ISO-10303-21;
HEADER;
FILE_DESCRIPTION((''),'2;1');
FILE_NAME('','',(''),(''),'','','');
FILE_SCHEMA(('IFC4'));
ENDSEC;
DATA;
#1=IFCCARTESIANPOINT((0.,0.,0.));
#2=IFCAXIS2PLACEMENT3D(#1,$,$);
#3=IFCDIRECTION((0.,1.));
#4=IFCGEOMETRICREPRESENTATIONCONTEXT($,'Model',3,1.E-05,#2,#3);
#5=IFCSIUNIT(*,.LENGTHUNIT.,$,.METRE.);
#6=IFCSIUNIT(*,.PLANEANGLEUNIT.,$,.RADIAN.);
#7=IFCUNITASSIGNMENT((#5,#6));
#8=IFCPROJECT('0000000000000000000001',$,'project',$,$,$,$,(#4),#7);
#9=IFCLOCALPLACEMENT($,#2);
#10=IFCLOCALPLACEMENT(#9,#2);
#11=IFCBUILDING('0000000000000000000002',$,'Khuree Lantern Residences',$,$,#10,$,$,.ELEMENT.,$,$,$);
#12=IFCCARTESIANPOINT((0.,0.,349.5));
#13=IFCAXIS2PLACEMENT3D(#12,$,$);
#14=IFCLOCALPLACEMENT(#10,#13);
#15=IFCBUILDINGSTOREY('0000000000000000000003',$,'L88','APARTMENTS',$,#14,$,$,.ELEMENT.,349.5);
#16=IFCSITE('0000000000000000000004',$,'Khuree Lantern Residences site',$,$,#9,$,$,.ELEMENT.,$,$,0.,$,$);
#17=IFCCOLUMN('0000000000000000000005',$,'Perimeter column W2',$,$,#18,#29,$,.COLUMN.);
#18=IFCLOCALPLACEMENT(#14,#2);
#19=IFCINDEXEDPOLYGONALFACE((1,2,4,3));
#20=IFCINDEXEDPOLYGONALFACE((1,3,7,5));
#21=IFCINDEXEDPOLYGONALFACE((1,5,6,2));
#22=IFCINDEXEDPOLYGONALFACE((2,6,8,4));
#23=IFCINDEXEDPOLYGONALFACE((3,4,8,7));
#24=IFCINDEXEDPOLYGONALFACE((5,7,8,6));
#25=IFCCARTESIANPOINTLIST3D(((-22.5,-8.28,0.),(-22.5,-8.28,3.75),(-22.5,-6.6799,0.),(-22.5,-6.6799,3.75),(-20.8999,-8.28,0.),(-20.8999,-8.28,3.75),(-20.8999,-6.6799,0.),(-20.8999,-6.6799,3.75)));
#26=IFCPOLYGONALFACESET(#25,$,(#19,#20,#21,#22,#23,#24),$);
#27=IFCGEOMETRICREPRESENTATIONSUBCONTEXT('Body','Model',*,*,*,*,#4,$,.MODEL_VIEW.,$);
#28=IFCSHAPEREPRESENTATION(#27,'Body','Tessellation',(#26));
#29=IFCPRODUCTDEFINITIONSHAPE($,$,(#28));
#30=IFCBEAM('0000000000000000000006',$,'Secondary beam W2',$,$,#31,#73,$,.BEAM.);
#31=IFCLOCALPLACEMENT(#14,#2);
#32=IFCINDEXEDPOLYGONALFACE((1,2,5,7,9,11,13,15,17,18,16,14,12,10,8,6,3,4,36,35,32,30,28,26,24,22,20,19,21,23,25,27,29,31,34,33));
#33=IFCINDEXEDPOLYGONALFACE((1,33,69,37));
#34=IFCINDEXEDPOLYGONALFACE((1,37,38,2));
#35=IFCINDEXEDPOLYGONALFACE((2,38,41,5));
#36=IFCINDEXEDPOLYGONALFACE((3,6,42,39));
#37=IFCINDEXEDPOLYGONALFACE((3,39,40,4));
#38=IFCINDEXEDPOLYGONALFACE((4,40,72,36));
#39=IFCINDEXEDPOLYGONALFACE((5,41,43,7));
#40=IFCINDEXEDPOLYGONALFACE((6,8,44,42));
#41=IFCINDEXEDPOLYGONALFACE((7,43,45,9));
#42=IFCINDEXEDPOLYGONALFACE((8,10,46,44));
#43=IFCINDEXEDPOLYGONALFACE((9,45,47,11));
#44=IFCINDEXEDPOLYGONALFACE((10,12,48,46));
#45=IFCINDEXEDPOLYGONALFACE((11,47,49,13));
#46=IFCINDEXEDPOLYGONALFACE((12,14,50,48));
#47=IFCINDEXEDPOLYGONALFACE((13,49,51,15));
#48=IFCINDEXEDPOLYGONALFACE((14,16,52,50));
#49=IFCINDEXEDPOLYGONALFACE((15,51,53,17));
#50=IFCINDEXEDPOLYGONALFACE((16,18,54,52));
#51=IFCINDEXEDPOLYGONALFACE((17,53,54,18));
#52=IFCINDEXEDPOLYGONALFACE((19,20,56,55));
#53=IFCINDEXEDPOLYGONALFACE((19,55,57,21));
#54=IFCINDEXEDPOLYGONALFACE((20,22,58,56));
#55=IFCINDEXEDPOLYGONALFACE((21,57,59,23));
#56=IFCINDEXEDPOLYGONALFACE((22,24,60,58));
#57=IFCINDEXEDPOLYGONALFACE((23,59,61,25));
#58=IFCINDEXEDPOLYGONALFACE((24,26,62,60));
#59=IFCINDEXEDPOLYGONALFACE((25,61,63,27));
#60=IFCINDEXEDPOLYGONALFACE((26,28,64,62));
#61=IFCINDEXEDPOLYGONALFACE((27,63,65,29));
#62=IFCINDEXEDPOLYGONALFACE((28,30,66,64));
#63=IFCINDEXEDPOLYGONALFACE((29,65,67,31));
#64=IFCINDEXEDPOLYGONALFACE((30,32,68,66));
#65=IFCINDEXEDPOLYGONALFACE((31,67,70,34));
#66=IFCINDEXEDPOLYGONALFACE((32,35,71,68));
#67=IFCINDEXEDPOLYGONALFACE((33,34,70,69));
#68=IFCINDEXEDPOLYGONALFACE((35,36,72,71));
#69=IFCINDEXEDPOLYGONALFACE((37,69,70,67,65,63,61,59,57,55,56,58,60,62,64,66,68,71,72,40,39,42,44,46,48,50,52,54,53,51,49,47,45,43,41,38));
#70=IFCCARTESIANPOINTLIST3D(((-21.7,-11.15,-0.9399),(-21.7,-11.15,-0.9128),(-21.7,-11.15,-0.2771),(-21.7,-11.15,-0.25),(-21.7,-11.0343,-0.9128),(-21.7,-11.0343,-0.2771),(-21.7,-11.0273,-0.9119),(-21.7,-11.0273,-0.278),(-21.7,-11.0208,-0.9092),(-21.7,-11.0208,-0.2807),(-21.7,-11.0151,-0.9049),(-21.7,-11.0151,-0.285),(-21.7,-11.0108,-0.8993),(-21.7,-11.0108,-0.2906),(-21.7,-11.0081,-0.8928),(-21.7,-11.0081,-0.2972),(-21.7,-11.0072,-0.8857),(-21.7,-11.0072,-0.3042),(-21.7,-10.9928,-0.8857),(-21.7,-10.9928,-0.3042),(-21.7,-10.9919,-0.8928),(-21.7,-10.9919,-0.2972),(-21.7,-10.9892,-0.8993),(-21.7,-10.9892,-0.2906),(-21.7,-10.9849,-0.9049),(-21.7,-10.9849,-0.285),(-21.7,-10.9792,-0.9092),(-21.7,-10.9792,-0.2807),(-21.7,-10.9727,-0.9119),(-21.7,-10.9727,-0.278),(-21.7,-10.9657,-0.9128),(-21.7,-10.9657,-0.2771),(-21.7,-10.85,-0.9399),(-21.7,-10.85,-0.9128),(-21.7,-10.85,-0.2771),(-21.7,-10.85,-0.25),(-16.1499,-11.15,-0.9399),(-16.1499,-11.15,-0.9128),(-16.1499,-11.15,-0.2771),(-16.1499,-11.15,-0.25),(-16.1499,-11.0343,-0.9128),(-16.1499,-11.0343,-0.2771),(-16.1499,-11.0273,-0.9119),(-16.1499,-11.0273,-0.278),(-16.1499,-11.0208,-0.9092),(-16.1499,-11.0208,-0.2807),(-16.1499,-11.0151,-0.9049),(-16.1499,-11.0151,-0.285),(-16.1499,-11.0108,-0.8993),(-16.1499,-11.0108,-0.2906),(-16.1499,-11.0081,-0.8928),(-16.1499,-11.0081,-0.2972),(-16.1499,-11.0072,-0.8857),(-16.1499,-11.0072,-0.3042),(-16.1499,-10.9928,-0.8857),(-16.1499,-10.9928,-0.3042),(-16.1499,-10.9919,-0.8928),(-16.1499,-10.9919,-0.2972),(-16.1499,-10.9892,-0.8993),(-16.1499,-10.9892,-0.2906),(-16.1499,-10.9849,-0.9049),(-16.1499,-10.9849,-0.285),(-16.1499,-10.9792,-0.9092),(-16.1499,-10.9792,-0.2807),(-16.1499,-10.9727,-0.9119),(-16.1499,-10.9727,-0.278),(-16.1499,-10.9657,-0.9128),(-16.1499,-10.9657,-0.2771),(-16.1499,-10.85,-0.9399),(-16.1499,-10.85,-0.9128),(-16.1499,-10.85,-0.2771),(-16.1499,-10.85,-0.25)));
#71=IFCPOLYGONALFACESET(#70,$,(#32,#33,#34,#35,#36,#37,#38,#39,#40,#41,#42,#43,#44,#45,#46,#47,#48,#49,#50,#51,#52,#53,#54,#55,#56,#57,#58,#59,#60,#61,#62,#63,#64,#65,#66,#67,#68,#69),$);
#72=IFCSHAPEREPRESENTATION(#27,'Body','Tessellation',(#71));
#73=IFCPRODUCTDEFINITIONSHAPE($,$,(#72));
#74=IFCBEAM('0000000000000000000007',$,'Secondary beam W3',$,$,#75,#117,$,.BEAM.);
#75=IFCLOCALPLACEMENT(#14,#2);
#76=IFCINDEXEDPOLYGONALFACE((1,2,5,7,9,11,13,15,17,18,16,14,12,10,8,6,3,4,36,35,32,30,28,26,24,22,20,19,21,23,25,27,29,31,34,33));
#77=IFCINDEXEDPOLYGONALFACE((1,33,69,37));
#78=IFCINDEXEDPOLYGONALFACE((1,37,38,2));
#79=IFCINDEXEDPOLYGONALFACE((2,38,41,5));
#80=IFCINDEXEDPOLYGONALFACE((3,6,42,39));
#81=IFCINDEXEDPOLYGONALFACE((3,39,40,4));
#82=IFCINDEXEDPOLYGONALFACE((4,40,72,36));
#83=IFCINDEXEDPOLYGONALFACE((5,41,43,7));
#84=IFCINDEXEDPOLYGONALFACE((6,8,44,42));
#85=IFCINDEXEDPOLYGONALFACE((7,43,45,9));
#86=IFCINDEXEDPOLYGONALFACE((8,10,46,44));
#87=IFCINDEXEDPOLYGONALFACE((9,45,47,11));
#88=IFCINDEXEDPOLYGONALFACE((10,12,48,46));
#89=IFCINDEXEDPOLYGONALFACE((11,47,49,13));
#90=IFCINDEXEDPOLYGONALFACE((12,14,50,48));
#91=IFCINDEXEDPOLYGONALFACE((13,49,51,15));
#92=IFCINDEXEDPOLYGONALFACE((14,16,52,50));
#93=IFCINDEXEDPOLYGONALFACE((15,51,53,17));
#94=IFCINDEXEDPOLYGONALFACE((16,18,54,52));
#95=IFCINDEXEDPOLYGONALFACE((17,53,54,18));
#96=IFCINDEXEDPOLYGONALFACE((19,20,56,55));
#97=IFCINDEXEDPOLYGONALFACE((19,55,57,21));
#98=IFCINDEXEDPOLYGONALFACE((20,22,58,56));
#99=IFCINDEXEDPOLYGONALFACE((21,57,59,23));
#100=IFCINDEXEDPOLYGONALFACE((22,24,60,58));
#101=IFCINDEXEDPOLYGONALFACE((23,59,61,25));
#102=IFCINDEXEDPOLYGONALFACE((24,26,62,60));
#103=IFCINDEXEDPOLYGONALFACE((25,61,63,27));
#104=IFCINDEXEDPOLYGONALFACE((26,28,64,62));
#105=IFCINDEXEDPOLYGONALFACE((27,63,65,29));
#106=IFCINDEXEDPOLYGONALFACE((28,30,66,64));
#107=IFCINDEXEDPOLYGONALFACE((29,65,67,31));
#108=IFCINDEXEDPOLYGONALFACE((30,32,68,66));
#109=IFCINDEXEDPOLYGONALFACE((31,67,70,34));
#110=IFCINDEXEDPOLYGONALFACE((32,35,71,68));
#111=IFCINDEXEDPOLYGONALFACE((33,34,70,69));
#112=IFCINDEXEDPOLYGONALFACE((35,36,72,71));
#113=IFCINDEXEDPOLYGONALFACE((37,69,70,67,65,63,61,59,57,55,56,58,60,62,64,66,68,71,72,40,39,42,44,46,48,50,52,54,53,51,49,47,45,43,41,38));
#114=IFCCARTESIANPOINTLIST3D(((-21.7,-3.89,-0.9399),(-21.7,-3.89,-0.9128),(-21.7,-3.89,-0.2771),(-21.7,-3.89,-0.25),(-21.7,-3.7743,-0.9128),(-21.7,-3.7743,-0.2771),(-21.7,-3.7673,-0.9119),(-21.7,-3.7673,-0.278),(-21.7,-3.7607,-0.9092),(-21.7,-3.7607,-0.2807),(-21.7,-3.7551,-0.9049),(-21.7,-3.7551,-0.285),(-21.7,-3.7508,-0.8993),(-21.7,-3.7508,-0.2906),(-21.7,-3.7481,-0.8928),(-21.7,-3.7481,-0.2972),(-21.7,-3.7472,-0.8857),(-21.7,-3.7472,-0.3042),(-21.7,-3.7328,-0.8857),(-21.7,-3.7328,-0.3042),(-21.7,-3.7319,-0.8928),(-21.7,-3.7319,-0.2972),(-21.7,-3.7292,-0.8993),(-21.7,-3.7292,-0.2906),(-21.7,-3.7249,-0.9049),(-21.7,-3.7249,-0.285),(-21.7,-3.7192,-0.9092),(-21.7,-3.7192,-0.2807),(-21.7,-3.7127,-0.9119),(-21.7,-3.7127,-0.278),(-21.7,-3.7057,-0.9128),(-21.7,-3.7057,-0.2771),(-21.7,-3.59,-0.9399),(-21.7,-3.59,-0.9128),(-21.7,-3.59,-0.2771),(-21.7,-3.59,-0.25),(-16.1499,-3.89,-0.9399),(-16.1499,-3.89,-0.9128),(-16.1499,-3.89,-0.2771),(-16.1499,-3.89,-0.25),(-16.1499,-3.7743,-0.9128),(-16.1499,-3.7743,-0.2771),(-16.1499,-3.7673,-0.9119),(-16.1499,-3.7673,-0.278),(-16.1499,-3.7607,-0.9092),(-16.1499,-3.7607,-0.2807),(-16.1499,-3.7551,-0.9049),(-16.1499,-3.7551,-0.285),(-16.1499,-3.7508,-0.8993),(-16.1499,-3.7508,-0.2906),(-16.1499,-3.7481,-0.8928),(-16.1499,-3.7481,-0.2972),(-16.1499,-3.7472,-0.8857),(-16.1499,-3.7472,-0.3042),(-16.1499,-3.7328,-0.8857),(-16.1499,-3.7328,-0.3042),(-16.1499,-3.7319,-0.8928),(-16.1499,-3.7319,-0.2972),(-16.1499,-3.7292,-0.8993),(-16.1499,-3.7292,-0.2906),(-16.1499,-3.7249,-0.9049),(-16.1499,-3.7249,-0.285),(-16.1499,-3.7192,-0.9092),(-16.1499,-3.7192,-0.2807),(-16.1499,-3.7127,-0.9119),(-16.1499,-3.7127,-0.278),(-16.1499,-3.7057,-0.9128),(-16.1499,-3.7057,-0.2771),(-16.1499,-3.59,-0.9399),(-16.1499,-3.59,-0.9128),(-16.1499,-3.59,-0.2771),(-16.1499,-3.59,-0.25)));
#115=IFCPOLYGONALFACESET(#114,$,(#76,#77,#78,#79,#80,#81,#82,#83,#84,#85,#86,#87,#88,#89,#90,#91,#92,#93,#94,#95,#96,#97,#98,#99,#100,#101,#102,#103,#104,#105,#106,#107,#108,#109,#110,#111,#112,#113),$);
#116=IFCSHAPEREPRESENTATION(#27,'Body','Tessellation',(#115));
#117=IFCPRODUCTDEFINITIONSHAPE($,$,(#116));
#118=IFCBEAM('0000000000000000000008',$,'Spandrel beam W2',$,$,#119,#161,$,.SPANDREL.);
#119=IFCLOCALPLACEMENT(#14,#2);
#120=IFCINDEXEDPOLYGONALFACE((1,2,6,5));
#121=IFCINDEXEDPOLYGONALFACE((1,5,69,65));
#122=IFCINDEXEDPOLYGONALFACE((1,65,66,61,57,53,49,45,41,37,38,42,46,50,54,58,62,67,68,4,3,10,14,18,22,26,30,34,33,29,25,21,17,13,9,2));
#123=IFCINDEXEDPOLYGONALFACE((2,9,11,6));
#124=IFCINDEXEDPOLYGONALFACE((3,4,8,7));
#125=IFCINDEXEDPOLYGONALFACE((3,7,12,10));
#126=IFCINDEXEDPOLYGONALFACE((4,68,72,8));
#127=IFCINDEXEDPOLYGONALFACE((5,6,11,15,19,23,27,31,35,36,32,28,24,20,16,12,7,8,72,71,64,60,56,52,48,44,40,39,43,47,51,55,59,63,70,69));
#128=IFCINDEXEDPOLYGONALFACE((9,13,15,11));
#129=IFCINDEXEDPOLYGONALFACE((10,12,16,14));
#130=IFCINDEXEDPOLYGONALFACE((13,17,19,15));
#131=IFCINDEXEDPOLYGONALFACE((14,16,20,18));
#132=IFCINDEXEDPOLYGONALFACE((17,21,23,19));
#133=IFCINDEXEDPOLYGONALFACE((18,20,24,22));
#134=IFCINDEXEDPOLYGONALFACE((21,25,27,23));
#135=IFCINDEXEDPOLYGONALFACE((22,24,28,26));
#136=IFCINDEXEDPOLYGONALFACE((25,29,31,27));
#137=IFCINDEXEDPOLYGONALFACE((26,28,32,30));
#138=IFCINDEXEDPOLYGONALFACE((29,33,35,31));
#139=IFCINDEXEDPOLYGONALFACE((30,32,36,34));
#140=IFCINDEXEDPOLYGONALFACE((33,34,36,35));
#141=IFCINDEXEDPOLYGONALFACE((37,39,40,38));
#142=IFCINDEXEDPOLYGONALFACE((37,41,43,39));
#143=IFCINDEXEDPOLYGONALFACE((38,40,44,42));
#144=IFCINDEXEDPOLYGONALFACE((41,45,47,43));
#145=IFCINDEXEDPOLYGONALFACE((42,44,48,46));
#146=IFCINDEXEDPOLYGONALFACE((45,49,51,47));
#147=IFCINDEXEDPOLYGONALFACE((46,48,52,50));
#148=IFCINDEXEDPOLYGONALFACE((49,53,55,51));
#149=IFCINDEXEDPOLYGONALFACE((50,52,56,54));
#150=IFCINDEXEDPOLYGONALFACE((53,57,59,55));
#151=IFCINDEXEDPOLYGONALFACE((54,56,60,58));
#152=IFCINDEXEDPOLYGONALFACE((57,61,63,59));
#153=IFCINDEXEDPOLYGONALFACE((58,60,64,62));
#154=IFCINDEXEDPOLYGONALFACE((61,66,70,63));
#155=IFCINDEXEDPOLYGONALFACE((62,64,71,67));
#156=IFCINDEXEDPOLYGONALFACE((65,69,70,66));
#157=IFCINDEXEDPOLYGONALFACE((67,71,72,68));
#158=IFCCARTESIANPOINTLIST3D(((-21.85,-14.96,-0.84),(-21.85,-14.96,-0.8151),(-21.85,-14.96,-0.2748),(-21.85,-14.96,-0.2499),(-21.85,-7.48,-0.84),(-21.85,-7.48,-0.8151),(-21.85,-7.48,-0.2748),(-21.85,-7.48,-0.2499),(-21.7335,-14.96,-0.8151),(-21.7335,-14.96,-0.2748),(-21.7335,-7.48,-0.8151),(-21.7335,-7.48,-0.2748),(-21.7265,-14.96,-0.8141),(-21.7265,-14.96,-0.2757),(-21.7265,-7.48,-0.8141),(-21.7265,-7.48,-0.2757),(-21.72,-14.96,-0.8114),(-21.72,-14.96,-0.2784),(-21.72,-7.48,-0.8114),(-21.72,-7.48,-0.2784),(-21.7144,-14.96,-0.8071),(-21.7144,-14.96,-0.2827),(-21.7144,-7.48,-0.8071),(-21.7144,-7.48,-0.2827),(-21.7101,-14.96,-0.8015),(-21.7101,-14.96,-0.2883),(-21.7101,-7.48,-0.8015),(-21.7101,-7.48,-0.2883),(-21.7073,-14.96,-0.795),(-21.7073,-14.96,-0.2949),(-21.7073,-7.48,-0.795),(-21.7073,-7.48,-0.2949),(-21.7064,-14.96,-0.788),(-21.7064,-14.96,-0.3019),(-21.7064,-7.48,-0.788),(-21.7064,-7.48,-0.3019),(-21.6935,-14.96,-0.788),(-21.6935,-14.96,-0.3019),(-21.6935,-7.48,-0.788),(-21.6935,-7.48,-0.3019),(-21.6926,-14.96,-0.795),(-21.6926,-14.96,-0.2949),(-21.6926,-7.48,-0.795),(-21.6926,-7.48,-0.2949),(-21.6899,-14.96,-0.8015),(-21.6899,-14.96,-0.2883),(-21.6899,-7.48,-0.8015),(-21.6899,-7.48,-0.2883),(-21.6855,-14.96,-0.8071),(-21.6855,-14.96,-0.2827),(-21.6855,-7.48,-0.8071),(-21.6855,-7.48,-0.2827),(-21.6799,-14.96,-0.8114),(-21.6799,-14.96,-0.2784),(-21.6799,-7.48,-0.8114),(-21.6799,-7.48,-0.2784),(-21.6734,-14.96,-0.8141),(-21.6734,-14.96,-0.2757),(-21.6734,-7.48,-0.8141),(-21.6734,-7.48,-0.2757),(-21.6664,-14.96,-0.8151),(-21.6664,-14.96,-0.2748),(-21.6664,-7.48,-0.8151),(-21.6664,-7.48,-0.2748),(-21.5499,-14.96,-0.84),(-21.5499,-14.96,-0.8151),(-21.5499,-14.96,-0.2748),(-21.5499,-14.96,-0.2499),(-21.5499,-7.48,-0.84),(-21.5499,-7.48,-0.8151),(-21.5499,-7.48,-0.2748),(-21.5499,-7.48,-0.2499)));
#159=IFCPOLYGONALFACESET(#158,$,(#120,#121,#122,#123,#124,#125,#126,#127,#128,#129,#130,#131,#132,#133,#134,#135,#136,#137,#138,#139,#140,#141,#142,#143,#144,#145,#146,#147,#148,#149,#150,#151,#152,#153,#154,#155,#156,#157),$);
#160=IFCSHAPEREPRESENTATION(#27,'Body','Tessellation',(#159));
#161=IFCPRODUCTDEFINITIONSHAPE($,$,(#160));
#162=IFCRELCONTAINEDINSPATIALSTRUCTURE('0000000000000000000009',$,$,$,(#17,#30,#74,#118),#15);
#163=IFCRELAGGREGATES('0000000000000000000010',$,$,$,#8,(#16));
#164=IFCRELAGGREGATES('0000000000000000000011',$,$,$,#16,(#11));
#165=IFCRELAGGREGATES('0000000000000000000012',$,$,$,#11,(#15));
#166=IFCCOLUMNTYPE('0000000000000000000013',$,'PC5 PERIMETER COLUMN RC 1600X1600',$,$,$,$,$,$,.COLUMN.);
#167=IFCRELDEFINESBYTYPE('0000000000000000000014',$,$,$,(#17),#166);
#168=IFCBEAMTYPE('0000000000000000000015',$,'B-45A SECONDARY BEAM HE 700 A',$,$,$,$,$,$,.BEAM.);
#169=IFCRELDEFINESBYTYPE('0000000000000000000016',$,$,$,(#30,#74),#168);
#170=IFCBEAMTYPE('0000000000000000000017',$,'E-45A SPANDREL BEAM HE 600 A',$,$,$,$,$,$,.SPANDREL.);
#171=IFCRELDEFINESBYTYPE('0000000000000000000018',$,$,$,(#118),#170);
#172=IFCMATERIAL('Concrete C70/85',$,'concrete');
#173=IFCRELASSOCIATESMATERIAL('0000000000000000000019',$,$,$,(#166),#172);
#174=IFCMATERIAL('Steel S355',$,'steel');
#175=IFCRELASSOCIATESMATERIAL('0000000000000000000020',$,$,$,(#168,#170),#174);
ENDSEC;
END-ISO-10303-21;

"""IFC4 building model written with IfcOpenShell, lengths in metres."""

from ifc_helpers import new_model, si_unit, direction, frame, origin, origin_2d, place, context, subcontext, project, spatial, rectangle, i_section, extrude, material, material_profile, profile_set, type_object, element, save


model = new_model("IFC4")

# Units and contexts
model_context = context("Model", 3, precision=1e-05, world=origin(), true_north=direction((0.0, 1.0)))
body_context = subcontext(model_context, "Body", "Model", "MODEL_VIEW")
ifc_project = project(units=[si_unit("LENGTHUNIT", "METRE"), si_unit("PLANEANGLEUNIT", "RADIAN")], contexts=[model_context])

# Site, building, storey
site_placement = place(None, origin())
site = spatial("IfcSite", under=ifc_project, at=site_placement, Name="Khuree Lantern Residences site", CompositionType="ELEMENT", RefElevation=0.0)
building_placement = place(site_placement, origin())
building = spatial("IfcBuilding", under=site, at=building_placement, Name="Khuree Lantern Residences", CompositionType="ELEMENT")
storey_placement = place(building_placement, frame((0.0, 0.0, 349.5)))
storey = spatial("IfcBuildingStorey", under=building, at=storey_placement, Name="L88", Description="APARTMENTS", CompositionType="ELEMENT", Elevation=349.5)

# Column
ifc_material_1 = material(Name="Concrete C70/85", Category="concrete")
ifc_material_profile_1 = material_profile(ifc_material_1, rectangle(XDim=1.6001, YDim=1.6001, at=origin_2d()), Name="RC 1600X1600")
ifc_profile_set_1 = profile_set([ifc_material_profile_1], Name="Concrete C70/85")
column_type = type_object("IfcColumnType", Name="PC5 PERIMETER COLUMN RC 1600X1600", PredefinedType="COLUMN", material=ifc_profile_set_1)
column_placement = place(storey_placement, frame((-21.7, -7.48, 0.0), z_axis=(0.0, 0.0, 1.0), x_axis=(0.0, 1.0, 0.0)))
element("IfcColumn", 1, at=column_placement, inside=storey, type_object=column_type, Name="Perimeter column W2", PredefinedType="COLUMN", context=body_context, shape_type="SweptSolid", body=[
    extrude(rectangle(XDim=1.6001, YDim=1.6001, at=origin_2d()), origin(), (0.0, 0.0, 1.0), 3.75),
])

# Beams
ifc_material_2 = material(Name="Steel S355", Category="steel")
ifc_material_profile_2 = material_profile(ifc_material_2, i_section(OverallWidth=0.3, OverallDepth=0.6899, WebThickness=0.0144, FlangeThickness=0.0271, FilletRadius=0.0271, at=origin_2d()), Name="HE 700 A")
ifc_profile_set_2 = profile_set([ifc_material_profile_2], Name="Steel S355")
beam_type_1 = type_object("IfcBeamType", Name="B-45A SECONDARY BEAM HE 700 A", PredefinedType="BEAM", material=ifc_profile_set_2)
for number, where, z_axis, x_axis, name in (
    (2, (-21.7, -11.0, -0.595), (1.0, 0.0, 0.0), (0.0, 1.0, 0.0), "Secondary beam W2"),
    (3, (-21.7, -3.74, -0.595), (1.0, 0.0, 0.0), (0.0, 1.0, 0.0), "Secondary beam W3"),
):
    element("IfcBeam", number, at=place(storey_placement, frame(where, z_axis=z_axis, x_axis=x_axis)), inside=storey, type_object=beam_type_1, Name=name, PredefinedType="BEAM", context=body_context, shape_type="SweptSolid", body=[
        extrude(i_section(OverallWidth=0.3, OverallDepth=0.6899, WebThickness=0.0144, FlangeThickness=0.0271, FilletRadius=0.0271, at=origin_2d()), origin(), (0.0, 0.0, 1.0), 5.55),
    ])
ifc_material_profile_3 = material_profile(ifc_material_2, i_section(OverallWidth=0.3, OverallDepth=0.5901, WebThickness=0.0129, FlangeThickness=0.0249, FilletRadius=0.0271, at=origin_2d()), Name="HE 600 A")
ifc_profile_set_3 = profile_set([ifc_material_profile_3], Name="Steel S355")
beam_type_2 = type_object("IfcBeamType", Name="E-45A SPANDREL BEAM HE 600 A", PredefinedType="SPANDREL", material=ifc_profile_set_3)
for number, where, z_axis, x_axis, name in (
    (4, (-21.7, -14.96, -0.5449), (0.0, 1.0, 0.0), (-1.0, 0.0, 0.0), "Spandrel beam W2"),
):
    element("IfcBeam", number, at=place(storey_placement, frame(where, z_axis=z_axis, x_axis=x_axis)), inside=storey, type_object=beam_type_2, Name=name, PredefinedType="SPANDREL", context=body_context, shape_type="SweptSolid", body=[
        extrude(i_section(OverallWidth=0.3, OverallDepth=0.5901, WebThickness=0.0129, FlangeThickness=0.0249, FilletRadius=0.0271, at=origin_2d()), origin(), (0.0, 0.0, 1.0), 7.48),
    ])

save(model, "model.ifc")
